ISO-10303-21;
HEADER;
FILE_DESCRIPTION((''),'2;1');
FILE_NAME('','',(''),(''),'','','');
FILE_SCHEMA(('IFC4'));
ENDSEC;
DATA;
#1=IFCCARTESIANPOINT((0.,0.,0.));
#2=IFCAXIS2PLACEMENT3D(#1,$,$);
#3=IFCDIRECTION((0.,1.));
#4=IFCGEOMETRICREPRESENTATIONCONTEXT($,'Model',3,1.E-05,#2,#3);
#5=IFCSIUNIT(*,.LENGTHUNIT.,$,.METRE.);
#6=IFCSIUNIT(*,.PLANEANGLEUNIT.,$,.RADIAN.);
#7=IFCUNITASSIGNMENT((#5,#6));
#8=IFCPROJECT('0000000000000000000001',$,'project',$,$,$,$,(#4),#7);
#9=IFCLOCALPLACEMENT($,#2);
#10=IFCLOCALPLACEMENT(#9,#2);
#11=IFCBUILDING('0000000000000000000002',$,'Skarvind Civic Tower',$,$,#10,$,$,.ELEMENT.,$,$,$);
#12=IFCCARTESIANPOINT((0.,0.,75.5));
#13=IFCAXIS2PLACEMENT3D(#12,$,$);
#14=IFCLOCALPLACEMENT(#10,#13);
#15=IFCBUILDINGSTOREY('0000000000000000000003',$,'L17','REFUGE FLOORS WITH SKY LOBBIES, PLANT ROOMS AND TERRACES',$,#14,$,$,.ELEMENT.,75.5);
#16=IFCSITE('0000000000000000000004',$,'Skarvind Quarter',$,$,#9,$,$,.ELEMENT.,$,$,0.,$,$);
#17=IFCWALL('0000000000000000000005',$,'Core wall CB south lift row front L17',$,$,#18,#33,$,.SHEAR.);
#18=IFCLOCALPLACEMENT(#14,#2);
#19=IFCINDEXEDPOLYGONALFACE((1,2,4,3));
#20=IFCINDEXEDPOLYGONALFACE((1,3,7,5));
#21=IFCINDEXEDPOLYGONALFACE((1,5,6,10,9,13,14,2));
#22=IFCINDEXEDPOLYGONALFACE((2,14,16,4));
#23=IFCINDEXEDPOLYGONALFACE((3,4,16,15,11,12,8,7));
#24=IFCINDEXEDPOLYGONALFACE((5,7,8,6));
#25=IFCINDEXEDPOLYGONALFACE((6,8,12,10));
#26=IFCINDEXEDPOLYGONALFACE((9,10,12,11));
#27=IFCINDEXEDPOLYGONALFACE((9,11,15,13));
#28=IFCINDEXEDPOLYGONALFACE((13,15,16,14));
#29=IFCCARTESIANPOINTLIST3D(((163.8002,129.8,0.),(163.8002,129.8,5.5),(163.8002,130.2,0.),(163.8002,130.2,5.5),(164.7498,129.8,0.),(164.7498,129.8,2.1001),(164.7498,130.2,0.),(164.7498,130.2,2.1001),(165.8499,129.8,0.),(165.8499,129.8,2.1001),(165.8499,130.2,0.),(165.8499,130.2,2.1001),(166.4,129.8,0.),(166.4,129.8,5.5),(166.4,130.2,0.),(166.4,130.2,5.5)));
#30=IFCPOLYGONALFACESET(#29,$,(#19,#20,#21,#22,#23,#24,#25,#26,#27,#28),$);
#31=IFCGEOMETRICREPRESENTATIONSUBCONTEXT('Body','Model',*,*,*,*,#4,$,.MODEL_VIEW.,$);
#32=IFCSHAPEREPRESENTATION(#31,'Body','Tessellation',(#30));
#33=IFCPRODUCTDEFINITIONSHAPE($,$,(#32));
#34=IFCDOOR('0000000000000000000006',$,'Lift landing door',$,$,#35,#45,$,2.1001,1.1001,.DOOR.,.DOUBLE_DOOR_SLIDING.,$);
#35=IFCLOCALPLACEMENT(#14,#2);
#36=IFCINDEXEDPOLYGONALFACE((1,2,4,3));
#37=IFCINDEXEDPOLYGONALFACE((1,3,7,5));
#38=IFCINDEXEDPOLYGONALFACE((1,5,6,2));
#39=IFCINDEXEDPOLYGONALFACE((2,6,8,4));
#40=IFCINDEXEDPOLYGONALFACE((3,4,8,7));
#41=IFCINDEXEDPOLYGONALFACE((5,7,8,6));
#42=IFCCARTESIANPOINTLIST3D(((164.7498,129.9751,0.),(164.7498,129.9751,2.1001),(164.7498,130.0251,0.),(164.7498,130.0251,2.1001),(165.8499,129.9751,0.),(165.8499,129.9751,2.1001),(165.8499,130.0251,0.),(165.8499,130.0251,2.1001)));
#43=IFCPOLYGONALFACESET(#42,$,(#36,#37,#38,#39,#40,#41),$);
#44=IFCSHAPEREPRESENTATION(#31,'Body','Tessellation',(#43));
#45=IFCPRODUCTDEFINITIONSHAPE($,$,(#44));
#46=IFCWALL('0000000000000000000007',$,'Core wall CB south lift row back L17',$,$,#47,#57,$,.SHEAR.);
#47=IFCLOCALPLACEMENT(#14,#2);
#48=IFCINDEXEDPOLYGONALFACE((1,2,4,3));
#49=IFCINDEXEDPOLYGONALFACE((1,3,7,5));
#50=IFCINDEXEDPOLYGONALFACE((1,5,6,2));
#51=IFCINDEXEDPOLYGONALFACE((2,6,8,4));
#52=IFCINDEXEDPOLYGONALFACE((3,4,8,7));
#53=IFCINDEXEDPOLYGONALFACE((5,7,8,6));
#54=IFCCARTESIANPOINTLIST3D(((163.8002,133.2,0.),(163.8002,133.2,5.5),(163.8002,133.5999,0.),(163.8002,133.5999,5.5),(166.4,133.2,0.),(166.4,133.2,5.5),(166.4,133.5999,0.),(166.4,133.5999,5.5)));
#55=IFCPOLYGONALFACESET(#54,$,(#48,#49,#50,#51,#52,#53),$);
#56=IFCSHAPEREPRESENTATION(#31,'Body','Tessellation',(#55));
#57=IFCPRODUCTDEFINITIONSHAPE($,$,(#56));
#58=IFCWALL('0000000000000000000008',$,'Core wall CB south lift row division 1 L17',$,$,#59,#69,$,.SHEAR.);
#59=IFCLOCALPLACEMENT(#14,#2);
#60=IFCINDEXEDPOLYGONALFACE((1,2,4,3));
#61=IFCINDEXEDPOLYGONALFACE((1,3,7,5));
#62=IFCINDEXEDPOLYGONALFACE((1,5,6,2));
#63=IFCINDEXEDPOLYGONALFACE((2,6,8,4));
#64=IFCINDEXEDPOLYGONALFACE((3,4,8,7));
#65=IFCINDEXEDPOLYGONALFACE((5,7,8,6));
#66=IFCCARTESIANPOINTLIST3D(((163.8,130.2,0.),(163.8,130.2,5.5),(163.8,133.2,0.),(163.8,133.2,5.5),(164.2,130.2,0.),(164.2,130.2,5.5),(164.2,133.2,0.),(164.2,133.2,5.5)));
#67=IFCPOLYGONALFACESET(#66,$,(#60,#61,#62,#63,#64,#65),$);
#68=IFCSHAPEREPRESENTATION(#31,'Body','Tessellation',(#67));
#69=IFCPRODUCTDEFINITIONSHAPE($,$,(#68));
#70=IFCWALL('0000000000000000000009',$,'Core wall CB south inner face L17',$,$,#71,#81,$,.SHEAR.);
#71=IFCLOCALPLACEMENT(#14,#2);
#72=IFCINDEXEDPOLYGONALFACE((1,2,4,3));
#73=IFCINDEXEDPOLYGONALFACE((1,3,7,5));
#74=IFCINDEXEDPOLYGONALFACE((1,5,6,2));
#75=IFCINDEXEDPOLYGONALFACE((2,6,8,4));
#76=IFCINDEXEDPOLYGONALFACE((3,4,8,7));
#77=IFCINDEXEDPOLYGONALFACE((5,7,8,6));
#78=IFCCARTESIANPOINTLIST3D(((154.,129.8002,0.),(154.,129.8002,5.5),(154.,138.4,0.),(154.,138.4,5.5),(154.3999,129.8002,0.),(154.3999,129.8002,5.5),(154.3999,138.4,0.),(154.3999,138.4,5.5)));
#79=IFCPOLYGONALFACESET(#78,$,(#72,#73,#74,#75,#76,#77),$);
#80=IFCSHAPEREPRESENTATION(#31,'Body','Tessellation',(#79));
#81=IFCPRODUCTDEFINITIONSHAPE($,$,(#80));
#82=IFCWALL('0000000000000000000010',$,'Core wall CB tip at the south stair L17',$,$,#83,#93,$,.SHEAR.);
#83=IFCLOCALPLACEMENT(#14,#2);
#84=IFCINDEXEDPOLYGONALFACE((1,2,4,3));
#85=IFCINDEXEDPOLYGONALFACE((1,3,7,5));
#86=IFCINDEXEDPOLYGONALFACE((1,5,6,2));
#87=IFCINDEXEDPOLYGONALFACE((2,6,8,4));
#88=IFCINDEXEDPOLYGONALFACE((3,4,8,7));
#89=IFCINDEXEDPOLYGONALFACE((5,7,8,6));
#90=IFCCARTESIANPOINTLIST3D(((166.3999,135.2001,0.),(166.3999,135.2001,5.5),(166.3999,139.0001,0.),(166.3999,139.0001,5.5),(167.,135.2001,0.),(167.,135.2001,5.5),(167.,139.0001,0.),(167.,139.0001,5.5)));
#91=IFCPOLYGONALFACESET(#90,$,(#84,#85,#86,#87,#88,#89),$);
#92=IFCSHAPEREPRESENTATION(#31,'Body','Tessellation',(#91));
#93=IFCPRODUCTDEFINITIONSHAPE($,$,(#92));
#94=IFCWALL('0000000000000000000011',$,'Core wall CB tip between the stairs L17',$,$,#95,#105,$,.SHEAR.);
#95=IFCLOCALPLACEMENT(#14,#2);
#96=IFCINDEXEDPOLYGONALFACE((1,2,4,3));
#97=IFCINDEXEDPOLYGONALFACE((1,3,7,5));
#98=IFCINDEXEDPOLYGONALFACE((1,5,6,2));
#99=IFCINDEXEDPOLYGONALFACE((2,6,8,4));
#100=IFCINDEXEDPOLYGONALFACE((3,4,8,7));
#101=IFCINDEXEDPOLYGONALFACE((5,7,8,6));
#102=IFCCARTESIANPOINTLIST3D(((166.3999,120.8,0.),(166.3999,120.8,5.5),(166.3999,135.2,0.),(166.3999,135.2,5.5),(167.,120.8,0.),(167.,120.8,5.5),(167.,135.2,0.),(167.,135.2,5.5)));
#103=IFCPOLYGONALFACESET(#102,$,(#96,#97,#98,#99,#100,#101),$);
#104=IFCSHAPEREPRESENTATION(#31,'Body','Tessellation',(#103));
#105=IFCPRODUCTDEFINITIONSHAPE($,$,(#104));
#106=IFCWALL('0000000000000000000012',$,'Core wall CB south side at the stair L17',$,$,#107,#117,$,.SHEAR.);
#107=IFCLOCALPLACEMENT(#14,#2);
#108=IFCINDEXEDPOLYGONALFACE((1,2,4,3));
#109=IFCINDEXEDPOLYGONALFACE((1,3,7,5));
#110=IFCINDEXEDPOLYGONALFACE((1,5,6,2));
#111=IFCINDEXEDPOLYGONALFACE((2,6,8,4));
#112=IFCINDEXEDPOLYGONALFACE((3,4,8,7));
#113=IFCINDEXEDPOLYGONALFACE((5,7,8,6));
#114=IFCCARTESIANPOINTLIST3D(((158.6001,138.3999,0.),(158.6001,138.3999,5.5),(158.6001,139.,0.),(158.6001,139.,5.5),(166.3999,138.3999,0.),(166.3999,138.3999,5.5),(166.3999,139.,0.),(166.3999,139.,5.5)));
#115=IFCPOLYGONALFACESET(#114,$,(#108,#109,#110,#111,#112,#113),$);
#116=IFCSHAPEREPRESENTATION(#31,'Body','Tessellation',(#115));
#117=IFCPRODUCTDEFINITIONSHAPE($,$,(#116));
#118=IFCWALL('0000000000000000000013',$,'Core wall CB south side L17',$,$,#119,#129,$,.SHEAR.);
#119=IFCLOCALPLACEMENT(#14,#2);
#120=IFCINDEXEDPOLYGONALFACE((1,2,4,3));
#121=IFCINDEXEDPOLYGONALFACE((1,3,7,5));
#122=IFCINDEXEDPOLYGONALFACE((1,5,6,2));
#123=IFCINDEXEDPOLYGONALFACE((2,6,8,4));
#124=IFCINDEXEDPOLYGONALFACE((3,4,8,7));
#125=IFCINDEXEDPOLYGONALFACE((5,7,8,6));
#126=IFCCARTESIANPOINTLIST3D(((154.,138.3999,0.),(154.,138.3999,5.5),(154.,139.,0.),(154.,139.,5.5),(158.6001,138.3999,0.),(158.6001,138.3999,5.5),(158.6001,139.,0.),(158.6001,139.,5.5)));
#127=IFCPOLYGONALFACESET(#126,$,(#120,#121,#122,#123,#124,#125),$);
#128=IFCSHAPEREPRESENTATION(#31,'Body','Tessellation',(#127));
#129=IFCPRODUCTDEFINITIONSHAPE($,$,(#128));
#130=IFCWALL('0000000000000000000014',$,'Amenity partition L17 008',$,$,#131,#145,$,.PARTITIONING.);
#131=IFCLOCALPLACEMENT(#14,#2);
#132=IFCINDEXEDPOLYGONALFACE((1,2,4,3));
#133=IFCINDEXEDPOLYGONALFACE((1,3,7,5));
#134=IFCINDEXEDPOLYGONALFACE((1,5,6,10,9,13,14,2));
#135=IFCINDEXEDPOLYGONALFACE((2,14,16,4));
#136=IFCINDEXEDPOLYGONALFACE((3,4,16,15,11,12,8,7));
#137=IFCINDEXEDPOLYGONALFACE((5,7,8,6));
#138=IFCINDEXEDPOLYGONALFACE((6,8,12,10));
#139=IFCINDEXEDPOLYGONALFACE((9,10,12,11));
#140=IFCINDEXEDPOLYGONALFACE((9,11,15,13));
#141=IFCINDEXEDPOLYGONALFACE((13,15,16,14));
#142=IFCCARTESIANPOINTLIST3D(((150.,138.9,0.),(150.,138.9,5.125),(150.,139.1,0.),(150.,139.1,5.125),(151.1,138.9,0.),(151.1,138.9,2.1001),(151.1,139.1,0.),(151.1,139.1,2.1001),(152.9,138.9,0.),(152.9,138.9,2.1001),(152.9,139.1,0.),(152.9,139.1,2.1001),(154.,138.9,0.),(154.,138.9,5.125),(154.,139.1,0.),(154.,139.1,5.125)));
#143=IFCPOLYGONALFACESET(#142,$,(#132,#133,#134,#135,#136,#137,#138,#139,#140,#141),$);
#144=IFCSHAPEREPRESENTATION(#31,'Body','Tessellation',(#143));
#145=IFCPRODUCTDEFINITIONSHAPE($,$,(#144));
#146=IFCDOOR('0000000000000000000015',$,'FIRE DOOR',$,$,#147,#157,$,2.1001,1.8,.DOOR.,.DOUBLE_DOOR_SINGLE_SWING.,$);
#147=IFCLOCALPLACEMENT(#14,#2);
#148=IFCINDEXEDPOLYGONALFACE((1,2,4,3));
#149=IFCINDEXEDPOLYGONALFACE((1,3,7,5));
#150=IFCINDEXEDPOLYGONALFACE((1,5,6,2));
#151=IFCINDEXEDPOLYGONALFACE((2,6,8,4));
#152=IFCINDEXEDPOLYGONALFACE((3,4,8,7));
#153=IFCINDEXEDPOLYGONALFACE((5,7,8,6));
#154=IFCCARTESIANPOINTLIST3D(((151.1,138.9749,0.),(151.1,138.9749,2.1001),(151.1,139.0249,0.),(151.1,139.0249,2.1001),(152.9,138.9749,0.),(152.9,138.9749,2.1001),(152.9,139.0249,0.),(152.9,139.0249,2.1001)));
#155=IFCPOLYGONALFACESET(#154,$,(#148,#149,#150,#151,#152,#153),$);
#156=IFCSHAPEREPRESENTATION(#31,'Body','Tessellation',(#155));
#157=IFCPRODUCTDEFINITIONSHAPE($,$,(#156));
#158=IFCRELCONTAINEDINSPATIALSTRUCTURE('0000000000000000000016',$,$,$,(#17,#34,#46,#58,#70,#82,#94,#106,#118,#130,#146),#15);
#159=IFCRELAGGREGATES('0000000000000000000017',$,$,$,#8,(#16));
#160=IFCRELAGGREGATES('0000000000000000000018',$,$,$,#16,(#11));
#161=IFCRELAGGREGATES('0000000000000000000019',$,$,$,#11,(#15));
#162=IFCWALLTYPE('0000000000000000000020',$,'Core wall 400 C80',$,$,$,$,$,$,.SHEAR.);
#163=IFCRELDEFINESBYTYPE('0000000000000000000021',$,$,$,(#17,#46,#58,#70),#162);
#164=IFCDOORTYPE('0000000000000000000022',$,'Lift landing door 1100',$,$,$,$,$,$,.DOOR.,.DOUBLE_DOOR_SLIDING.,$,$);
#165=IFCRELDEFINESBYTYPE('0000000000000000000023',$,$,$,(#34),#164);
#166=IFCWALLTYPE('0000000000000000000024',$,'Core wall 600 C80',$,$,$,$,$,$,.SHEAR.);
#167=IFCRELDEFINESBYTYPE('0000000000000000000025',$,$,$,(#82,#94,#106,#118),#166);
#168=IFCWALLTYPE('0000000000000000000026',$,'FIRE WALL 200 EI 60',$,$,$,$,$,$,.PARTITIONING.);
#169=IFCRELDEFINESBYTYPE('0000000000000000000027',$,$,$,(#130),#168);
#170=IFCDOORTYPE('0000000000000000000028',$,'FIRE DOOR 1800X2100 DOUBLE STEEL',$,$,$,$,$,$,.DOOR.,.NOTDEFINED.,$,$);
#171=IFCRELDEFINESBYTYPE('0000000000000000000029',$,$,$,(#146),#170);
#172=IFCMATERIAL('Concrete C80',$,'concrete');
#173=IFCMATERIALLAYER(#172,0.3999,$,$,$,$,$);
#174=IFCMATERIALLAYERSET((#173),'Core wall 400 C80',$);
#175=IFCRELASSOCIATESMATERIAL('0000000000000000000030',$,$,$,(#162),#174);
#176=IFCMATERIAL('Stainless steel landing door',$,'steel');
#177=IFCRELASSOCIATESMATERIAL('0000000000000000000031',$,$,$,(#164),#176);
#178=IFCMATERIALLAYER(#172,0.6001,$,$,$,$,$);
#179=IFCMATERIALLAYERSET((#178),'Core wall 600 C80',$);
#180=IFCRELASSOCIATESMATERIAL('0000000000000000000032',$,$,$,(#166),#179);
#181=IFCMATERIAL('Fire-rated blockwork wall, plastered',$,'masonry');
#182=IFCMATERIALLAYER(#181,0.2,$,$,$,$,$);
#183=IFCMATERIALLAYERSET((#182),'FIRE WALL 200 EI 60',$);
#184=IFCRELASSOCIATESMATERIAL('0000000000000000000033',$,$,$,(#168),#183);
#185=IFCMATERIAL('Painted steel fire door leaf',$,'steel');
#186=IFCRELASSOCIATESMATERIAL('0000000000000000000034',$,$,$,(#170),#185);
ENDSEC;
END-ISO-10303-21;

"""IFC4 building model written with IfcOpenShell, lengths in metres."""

from ifc_helpers import new_model, si_unit, direction, frame, frame_2d, origin, place, context, subcontext, project, spatial, rectangle, extrude, material, layer, layer_set, type_object, element, fill, save


model = new_model("IFC4")

# Units and contexts
model_context = context("Model", 3, precision=1e-05, world=origin(), true_north=direction((0.0, 1.0)))
body_context = subcontext(model_context, "Body", "Model", "MODEL_VIEW")
ifc_project = project(units=[si_unit("LENGTHUNIT", "METRE"), si_unit("PLANEANGLEUNIT", "RADIAN")], contexts=[model_context])

# Site, building, storey
site_placement = place(None, origin())
site = spatial("IfcSite", under=ifc_project, at=site_placement, Name="Skarvind Quarter", CompositionType="ELEMENT", RefElevation=0.0)
building_placement = place(site_placement, origin())
building = spatial("IfcBuilding", under=site, at=building_placement, Name="Skarvind Civic Tower", CompositionType="ELEMENT")
storey_placement = place(building_placement, frame((0.0, 0.0, 75.5)))
storey = spatial("IfcBuildingStorey", under=building, at=storey_placement, Name="L17", Description="REFUGE FLOORS WITH SKY LOBBIES, PLANT ROOMS AND TERRACES", CompositionType="ELEMENT", Elevation=75.5)

# Shared definitions
ifc_material_1 = material(Name="Concrete C80", Category="concrete")
ifc_layer_1 = layer(ifc_material_1, 0.3999)
ifc_layer_set_1 = layer_set([ifc_layer_1], Name="Core wall 400 C80")
wall_type_1 = type_object("IfcWallType", Name="Core wall 400 C80", PredefinedType="SHEAR", material=ifc_layer_set_1)

# Wall, opening, door
wall_1_placement = place(storey_placement, frame((166.3999, 130.0, 0.0), z_axis=(0.0, 0.0, 1.0), x_axis=(-1.0, 0.0, 0.0)))
wall_1 = element("IfcWall", 1, at=wall_1_placement, inside=storey, type_object=wall_type_1, Name="Core wall CB south lift row front L17", PredefinedType="SHEAR", context=body_context, shape_type="SweptSolid", body=[
    extrude(rectangle(XDim=2.5999, YDim=0.3999, at=frame_2d((1.2998, 0.0))), origin(), (0.0, 0.0, 1.0), 5.5),
])
opening_1_placement = place(wall_1_placement, frame((0.55, 0.0, 0.0)))
opening_1 = element("IfcOpeningElement", 2, at=opening_1_placement, cuts=wall_1, PredefinedType="OPENING", context=body_context, shape_type="SweptSolid", body=[
    extrude(rectangle(XDim=1.1001, YDim=2.1001, at=frame_2d((0.55, 1.05))), frame((0.0, 0.21, 0.0), z_axis=(0.0, -1.0, 0.0), x_axis=(1.0, 0.0, 0.0)), (0.0, 0.0, 1.0), 0.4199),
])
ifc_material_2 = material(Name="Stainless steel landing door", Category="steel")
door_type_1 = type_object("IfcDoorType", Name="Lift landing door 1100", OperationType="DOUBLE_DOOR_SLIDING", PredefinedType="DOOR", material=ifc_material_2)
door_1_placement = place(opening_1_placement, origin())
door_1 = element("IfcDoor", 3, at=door_1_placement, inside=storey, type_object=door_type_1, Name="Lift landing door", OperationType="DOUBLE_DOOR_SLIDING", OverallHeight=2.1001, OverallWidth=1.1001, PredefinedType="DOOR", context=body_context, shape_type="SweptSolid", body=[
    extrude(rectangle(XDim=1.1001, YDim=2.1001, at=frame_2d((0.55, 1.05))), frame((0.0, 0.0249, 0.0), z_axis=(0.0, -1.0, 0.0), x_axis=(1.0, 0.0, 0.0)), (0.0, 0.0, 1.0), 0.05),
])
fill(opening_1, door_1)

# Walls
wall_2_placement = place(storey_placement, frame((166.3999, 133.3999, 0.0), z_axis=(0.0, 0.0, 1.0), x_axis=(-1.0, 0.0, 0.0)))
element("IfcWall", 4, at=wall_2_placement, inside=storey, type_object=wall_type_1, Name="Core wall CB south lift row back L17", PredefinedType="SHEAR", context=body_context, shape_type="SweptSolid", body=[
    extrude(rectangle(XDim=2.5999, YDim=0.3999, at=frame_2d((1.2998, 0.0))), origin(), (0.0, 0.0, 1.0), 5.5),
])
wall_3_placement = place(storey_placement, frame((164.0, 133.2, 0.0), z_axis=(0.0, 0.0, 1.0), x_axis=(0.0, -1.0, 0.0)))
element("IfcWall", 5, at=wall_3_placement, inside=storey, type_object=wall_type_1, Name="Core wall CB south lift row division 1 L17", PredefinedType="SHEAR", context=body_context, shape_type="SweptSolid", body=[
    extrude(rectangle(XDim=3.0, YDim=0.3999, at=frame_2d((1.5, 0.0))), origin(), (0.0, 0.0, 1.0), 5.5),
])
wall_4_placement = place(storey_placement, frame((154.2, 138.3999, 0.0), z_axis=(0.0, 0.0, 1.0), x_axis=(0.0, -1.0, 0.0)))
element("IfcWall", 6, at=wall_4_placement, inside=storey, type_object=wall_type_1, Name="Core wall CB south inner face L17", PredefinedType="SHEAR", context=body_context, shape_type="SweptSolid", body=[
    extrude(rectangle(XDim=8.5999, YDim=0.3999, at=frame_2d((4.2998, 0.0))), origin(), (0.0, 0.0, 1.0), 5.5),
])
ifc_layer_2 = layer(ifc_material_1, 0.6001)
ifc_layer_set_2 = layer_set([ifc_layer_2], Name="Core wall 600 C80")
wall_type_2 = type_object("IfcWallType", Name="Core wall 600 C80", PredefinedType="SHEAR", material=ifc_layer_set_2)
wall_5_placement = place(storey_placement, frame((166.7, 139.0, 0.0), z_axis=(0.0, 0.0, 1.0), x_axis=(0.0, -1.0, 0.0)))
element("IfcWall", 7, at=wall_5_placement, inside=storey, type_object=wall_type_2, Name="Core wall CB tip at the south stair L17", PredefinedType="SHEAR", context=body_context, shape_type="SweptSolid", body=[
    extrude(rectangle(XDim=3.8, YDim=0.6001, at=frame_2d((1.8999, 0.0))), origin(), (0.0, 0.0, 1.0), 5.5),
])
wall_6_placement = place(storey_placement, frame((166.7, 135.2, 0.0), z_axis=(0.0, 0.0, 1.0), x_axis=(0.0, -1.0, 0.0)))
element("IfcWall", 8, at=wall_6_placement, inside=storey, type_object=wall_type_2, Name="Core wall CB tip between the stairs L17", PredefinedType="SHEAR", context=body_context, shape_type="SweptSolid", body=[
    extrude(rectangle(XDim=14.3999, YDim=0.6001, at=frame_2d((7.2, 0.0))), origin(), (0.0, 0.0, 1.0), 5.5),
])
wall_7_placement = place(storey_placement, frame((166.3999, 138.7, 0.0), z_axis=(0.0, 0.0, 1.0), x_axis=(-1.0, 0.0, 0.0)))
element("IfcWall", 9, at=wall_7_placement, inside=storey, type_object=wall_type_2, Name="Core wall CB south side at the stair L17", PredefinedType="SHEAR", context=body_context, shape_type="SweptSolid", body=[
    extrude(rectangle(XDim=7.7998, YDim=0.6001, at=frame_2d((3.8999, 0.0))), origin(), (0.0, 0.0, 1.0), 5.5),
])
wall_8_placement = place(storey_placement, frame((158.6001, 138.7, 0.0), z_axis=(0.0, 0.0, 1.0), x_axis=(-1.0, 0.0, 0.0)))
element("IfcWall", 10, at=wall_8_placement, inside=storey, type_object=wall_type_2, Name="Core wall CB south side L17", PredefinedType="SHEAR", context=body_context, shape_type="SweptSolid", body=[
    extrude(rectangle(XDim=4.6001, YDim=0.6001, at=frame_2d((2.3, 0.0))), origin(), (0.0, 0.0, 1.0), 5.5),
])

# Wall, opening, door
ifc_material_3 = material(Name="Fire-rated blockwork wall, plastered", Category="masonry")
ifc_layer_3 = layer(ifc_material_3, 0.2)
ifc_layer_set_3 = layer_set([ifc_layer_3], Name="FIRE WALL 200 EI 60")
wall_type_3 = type_object("IfcWallType", Name="FIRE WALL 200 EI 60", PredefinedType="PARTITIONING", material=ifc_layer_set_3)
wall_9_placement = place(storey_placement, frame((150.0, 139.0, 0.0), z_axis=(0.0, 0.0, 1.0), x_axis=(1.0, 0.0, 0.0)))
wall_9 = element("IfcWall", 11, at=wall_9_placement, inside=storey, type_object=wall_type_3, Name="Amenity partition L17 008", PredefinedType="PARTITIONING", context=body_context, shape_type="SweptSolid", body=[
    extrude(rectangle(XDim=4.0, YDim=0.2, at=frame_2d((2.0, 0.0))), origin(), (0.0, 0.0, 1.0), 5.125),
])
opening_2_placement = place(wall_9_placement, frame((1.1001, 0.0, 0.0)))
opening_2 = element("IfcOpeningElement", 12, at=opening_2_placement, cuts=wall_9, PredefinedType="OPENING", context=body_context, shape_type="SweptSolid", body=[
    extrude(rectangle(XDim=1.8, YDim=2.1001, at=frame_2d((0.8999, 1.05))), frame((0.0, 0.1099, 0.0), z_axis=(0.0, -1.0, 0.0), x_axis=(1.0, 0.0, 0.0)), (0.0, 0.0, 1.0), 0.22),
])
ifc_material_4 = material(Name="Painted steel fire door leaf", Category="steel")
door_type_2 = type_object("IfcDoorType", Name="FIRE DOOR 1800X2100 DOUBLE STEEL", OperationType="NOTDEFINED", PredefinedType="DOOR", material=ifc_material_4)
door_2_placement = place(opening_2_placement, origin())
door_2 = element("IfcDoor", 13, at=door_2_placement, inside=storey, type_object=door_type_2, Name="FIRE DOOR", OperationType="DOUBLE_DOOR_SINGLE_SWING", OverallHeight=2.1001, OverallWidth=1.8, PredefinedType="DOOR", context=body_context, shape_type="SweptSolid", body=[
    extrude(rectangle(XDim=1.8, YDim=2.1001, at=frame_2d((0.8999, 1.05))), frame((0.0, 0.0249, 0.0), z_axis=(0.0, -1.0, 0.0), x_axis=(1.0, 0.0, 0.0)), (0.0, 0.0, 1.0), 0.05),
])
fill(opening_2, door_2)

save(model, "model.ifc")
